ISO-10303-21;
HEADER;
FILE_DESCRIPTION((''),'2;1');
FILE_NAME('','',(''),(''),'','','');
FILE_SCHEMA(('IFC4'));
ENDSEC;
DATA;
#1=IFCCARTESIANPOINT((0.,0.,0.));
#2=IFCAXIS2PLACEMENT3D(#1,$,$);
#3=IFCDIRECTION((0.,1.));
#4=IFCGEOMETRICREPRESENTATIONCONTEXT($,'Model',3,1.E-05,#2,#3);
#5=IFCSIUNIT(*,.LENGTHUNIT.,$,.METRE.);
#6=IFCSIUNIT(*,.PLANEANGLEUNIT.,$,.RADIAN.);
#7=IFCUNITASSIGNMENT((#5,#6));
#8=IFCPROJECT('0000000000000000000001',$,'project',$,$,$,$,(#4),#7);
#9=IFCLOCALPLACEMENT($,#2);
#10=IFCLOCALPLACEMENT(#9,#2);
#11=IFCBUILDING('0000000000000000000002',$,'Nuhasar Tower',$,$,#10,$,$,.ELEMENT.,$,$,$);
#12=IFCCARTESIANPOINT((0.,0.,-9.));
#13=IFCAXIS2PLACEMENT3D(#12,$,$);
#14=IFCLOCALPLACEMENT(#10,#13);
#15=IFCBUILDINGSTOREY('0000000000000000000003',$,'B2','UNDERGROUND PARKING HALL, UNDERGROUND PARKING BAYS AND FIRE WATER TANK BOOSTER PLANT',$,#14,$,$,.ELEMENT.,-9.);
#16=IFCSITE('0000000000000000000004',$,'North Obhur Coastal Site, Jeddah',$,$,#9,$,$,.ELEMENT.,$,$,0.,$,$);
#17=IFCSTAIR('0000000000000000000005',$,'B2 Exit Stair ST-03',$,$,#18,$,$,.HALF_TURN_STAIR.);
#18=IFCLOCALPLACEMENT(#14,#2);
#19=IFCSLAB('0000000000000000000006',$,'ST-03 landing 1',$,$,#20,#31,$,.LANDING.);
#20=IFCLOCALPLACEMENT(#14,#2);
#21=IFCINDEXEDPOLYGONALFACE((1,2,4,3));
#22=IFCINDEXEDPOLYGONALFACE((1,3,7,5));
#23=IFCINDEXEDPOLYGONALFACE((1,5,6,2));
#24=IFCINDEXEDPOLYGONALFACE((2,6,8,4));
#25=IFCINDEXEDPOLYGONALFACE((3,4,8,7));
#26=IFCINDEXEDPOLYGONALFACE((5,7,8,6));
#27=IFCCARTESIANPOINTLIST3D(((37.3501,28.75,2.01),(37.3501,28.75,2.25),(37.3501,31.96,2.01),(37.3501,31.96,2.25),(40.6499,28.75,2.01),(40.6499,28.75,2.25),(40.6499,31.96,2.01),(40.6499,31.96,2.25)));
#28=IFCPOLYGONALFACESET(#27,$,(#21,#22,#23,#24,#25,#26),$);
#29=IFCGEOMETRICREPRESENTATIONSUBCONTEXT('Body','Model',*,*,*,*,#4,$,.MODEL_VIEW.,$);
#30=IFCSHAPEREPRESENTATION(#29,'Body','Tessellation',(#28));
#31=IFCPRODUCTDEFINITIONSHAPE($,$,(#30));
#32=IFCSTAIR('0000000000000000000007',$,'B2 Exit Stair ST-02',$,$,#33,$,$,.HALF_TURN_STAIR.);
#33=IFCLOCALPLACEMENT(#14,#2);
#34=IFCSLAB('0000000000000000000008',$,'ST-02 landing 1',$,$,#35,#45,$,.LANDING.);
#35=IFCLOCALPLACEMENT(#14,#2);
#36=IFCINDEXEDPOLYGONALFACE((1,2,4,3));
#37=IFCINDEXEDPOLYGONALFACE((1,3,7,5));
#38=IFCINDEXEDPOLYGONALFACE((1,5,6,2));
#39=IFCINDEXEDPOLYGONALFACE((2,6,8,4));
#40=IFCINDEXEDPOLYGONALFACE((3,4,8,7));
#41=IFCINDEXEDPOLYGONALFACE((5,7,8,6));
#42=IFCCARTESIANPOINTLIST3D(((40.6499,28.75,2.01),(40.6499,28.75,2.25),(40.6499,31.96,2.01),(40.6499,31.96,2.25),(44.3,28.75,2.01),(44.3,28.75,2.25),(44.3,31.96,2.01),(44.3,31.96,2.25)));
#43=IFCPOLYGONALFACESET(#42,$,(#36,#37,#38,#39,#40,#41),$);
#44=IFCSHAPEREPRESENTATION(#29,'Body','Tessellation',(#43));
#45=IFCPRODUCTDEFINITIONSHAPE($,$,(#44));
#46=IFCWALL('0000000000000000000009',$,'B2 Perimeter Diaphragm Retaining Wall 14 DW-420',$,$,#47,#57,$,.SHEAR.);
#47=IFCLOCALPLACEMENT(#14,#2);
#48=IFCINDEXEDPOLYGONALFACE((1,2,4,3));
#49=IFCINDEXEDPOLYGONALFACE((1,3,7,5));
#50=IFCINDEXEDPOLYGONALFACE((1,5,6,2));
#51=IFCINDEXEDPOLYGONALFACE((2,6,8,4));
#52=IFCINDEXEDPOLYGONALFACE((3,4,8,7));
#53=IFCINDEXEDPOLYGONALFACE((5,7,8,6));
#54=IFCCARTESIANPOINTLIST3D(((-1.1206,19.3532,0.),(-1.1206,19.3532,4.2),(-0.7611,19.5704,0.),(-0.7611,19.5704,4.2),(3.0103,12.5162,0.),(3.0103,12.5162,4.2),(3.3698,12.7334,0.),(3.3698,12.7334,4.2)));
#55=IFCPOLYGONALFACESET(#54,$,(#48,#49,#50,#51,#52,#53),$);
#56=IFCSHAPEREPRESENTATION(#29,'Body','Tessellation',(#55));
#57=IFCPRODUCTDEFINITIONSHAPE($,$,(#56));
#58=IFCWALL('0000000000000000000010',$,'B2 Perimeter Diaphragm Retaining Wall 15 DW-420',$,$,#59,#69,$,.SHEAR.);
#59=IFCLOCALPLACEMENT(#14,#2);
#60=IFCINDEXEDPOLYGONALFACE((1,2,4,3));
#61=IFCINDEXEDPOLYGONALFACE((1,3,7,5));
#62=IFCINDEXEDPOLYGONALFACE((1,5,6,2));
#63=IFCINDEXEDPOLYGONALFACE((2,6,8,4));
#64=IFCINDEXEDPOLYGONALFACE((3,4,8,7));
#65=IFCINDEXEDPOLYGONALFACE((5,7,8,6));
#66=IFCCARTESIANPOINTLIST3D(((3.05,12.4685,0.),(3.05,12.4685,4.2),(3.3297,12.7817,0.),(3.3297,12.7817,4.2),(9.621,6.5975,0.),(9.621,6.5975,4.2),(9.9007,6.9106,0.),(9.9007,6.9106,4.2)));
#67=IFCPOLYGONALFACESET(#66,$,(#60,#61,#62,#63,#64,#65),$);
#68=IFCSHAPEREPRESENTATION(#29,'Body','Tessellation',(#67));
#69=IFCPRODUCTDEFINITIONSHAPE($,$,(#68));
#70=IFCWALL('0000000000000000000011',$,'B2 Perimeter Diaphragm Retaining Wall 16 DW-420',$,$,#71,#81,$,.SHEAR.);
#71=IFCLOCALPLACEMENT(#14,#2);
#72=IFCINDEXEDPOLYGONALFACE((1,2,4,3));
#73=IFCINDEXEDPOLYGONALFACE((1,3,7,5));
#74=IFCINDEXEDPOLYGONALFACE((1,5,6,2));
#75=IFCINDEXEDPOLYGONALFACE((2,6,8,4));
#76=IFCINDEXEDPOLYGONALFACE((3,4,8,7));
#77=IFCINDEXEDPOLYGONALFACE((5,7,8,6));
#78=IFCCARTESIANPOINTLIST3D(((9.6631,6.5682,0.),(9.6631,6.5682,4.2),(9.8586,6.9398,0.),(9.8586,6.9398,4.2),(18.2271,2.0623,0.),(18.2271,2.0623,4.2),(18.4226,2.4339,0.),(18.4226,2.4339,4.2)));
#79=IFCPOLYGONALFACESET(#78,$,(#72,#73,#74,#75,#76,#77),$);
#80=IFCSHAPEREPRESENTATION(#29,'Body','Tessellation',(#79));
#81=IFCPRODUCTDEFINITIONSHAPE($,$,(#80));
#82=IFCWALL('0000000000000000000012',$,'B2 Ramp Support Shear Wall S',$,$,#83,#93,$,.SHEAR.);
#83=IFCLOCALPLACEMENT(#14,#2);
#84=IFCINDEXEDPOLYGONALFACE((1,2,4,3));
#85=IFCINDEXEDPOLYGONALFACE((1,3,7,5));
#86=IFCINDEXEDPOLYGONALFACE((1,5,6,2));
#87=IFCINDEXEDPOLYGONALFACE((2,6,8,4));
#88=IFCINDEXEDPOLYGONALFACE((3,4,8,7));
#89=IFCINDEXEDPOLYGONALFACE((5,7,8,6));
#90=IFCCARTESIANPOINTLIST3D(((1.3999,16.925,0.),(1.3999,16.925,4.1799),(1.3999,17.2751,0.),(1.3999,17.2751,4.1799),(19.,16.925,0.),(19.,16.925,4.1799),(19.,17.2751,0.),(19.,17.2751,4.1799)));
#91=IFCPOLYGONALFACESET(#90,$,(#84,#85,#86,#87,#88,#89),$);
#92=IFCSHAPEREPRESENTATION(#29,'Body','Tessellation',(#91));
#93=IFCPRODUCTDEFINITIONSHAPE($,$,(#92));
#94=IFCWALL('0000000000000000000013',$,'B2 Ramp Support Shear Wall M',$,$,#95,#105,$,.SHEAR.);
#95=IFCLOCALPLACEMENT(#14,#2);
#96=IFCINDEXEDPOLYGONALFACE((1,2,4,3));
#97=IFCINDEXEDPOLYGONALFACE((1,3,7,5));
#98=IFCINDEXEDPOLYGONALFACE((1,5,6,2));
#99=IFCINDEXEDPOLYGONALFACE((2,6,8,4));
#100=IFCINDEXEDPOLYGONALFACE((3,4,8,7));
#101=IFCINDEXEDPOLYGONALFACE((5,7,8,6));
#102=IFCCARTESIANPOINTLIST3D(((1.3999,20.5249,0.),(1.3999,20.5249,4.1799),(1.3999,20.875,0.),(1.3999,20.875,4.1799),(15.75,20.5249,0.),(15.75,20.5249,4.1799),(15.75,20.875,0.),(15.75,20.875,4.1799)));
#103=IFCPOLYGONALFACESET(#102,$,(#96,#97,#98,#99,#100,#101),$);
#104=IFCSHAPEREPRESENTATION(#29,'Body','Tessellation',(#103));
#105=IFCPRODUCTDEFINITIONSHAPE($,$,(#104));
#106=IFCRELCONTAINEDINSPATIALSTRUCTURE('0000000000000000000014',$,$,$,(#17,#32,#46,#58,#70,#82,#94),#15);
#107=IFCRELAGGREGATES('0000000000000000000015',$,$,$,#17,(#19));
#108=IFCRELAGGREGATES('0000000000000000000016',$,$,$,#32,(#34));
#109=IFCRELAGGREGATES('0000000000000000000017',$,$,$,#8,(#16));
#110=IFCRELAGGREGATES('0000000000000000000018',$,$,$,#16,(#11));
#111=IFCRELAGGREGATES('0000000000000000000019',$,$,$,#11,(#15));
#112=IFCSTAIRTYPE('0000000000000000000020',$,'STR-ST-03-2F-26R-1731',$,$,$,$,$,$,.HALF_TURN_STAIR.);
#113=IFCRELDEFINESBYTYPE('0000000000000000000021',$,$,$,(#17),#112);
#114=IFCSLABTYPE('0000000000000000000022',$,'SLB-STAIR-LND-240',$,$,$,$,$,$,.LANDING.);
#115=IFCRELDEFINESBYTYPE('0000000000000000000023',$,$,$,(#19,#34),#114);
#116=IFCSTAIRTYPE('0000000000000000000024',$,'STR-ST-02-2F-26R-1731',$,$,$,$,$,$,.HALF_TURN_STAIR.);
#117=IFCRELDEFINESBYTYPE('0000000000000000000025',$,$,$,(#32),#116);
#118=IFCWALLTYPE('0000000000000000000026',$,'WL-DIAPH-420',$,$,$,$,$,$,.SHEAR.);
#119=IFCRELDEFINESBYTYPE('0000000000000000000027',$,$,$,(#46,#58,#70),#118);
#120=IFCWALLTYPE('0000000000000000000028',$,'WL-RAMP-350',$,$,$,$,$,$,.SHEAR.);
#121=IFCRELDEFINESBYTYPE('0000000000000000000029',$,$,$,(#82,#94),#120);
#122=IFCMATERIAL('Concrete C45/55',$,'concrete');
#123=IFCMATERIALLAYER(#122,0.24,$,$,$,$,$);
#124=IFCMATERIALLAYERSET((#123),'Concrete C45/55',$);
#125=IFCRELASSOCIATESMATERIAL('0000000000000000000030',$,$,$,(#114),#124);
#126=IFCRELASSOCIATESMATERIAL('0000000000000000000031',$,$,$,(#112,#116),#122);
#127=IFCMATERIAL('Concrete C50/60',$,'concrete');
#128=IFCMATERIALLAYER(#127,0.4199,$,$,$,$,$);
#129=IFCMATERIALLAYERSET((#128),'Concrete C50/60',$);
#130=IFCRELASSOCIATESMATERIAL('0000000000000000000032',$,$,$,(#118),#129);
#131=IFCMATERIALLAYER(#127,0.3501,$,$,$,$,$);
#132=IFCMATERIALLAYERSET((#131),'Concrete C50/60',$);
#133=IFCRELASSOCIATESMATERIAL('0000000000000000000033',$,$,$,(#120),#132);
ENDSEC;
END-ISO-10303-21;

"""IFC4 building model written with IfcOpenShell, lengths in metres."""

from ifc_helpers import new_model, si_unit, direction, frame, frame_2d, origin, place, context, subcontext, project, spatial, polyline, rectangle, outline, extrude, material, layer, layer_set, type_object, element, aggregate, save


model = new_model("IFC4")

# Units and contexts
model_context = context("Model", 3, precision=1e-05, world=origin(), true_north=direction((0.0, 1.0)))
body_context = subcontext(model_context, "Body", "Model", "MODEL_VIEW")
ifc_project = project(units=[si_unit("LENGTHUNIT", "METRE"), si_unit("PLANEANGLEUNIT", "RADIAN")], contexts=[model_context])

# Site, building, storey
site_placement = place(None, origin())
site = spatial("IfcSite", under=ifc_project, at=site_placement, Name="North Obhur Coastal Site, Jeddah", CompositionType="ELEMENT", RefElevation=0.0)
building_placement = place(site_placement, origin())
building = spatial("IfcBuilding", under=site, at=building_placement, Name="Nuhasar Tower", CompositionType="ELEMENT")
storey_placement = place(building_placement, frame((0.0, 0.0, -9.0)))
storey = spatial("IfcBuildingStorey", under=building, at=storey_placement, Name="B2", Description="UNDERGROUND PARKING HALL, UNDERGROUND PARKING BAYS AND FIRE WATER TANK BOOSTER PLANT", CompositionType="ELEMENT", Elevation=-9.0)

# Shared definitions
ifc_material_1 = material(Name="Concrete C50/60", Category="concrete")

# Shared definitions
ifc_material_2 = material(Name="Concrete C45/55", Category="concrete")

# Stairs, slabs
ifc_layer_1 = layer(ifc_material_2, 0.24)
ifc_layer_set_1 = layer_set([ifc_layer_1], Name="Concrete C45/55")
slab_type_1 = type_object("IfcSlabType", Name="SLB-STAIR-LND-240", PredefinedType="LANDING", material=ifc_layer_set_1)
stair_type_1 = type_object("IfcStairType", Name="STR-ST-03-2F-26R-1731", PredefinedType="HALF_TURN_STAIR", material=ifc_material_2)
stair_1_placement = place(storey_placement, origin())
stair_1 = element("IfcStair", 1, at=stair_1_placement, inside=storey, type_object=stair_type_1, Name="B2 Exit Stair ST-03", PredefinedType="HALF_TURN_STAIR")
slab_1_placement = place(storey_placement, frame((0.0, 0.0, 2.01)))
slab_1 = element("IfcSlab", 2, at=slab_1_placement, type_object=slab_type_1, Name="ST-03 landing 1", PredefinedType="LANDING", context=body_context, shape_type="SweptSolid", body=[
    extrude(outline(polyline([(37.3501, 28.75), (40.6499, 28.75), (40.6499, 31.96), (37.3501, 31.96), (37.3501, 28.75)])), origin(), (0.0, 0.0, 1.0), 0.24),
])
aggregate(stair_1, [slab_1])
stair_type_2 = type_object("IfcStairType", Name="STR-ST-02-2F-26R-1731", PredefinedType="HALF_TURN_STAIR", material=ifc_material_2)
stair_2_placement = place(storey_placement, origin())
stair_2 = element("IfcStair", 3, at=stair_2_placement, inside=storey, type_object=stair_type_2, Name="B2 Exit Stair ST-02", PredefinedType="HALF_TURN_STAIR")
slab_2_placement = place(storey_placement, frame((0.0, 0.0, 2.01)))
slab_2 = element("IfcSlab", 4, at=slab_2_placement, type_object=slab_type_1, Name="ST-02 landing 1", PredefinedType="LANDING", context=body_context, shape_type="SweptSolid", body=[
    extrude(outline(polyline([(40.6499, 28.75), (44.3, 28.75), (44.3, 31.96), (40.6499, 31.96), (40.6499, 28.75)])), origin(), (0.0, 0.0, 1.0), 0.24),
])
aggregate(stair_2, [slab_2])

# Walls
ifc_layer_2 = layer(ifc_material_1, 0.4199)
ifc_layer_set_2 = layer_set([ifc_layer_2], Name="Concrete C50/60")
wall_type_1 = type_object("IfcWallType", Name="WL-DIAPH-420", PredefinedType="SHEAR", material=ifc_layer_set_2)
wall_1_placement = place(storey_placement, frame((-0.9409, 19.4619, 0.0), z_axis=(0.0, 0.0, 1.0), x_axis=(0.517136, -0.855903, 0.0)))
element("IfcWall", 5, at=wall_1_placement, inside=storey, type_object=wall_type_1, Name="B2 Perimeter Diaphragm Retaining Wall 14 DW-420", PredefinedType="SHEAR", context=body_context, shape_type="SweptSolid", body=[
    extrude(rectangle(XDim=7.988, YDim=0.4199, at=frame_2d((3.9941, 0.0))), origin(), (0.0, 0.0, 1.0), 4.2),
])
wall_2_placement = place(storey_placement, frame((3.1899, 12.625, 0.0), z_axis=(0.0, 0.0, 1.0), x_axis=(0.745707, -0.666274, 0.0)))
element("IfcWall", 6, at=wall_2_placement, inside=storey, type_object=wall_type_1, Name="B2 Perimeter Diaphragm Retaining Wall 15 DW-420", PredefinedType="SHEAR", context=body_context, shape_type="SweptSolid", body=[
    extrude(rectangle(XDim=8.8118, YDim=0.4199, at=frame_2d((4.4058, 0.0))), origin(), (0.0, 0.0, 1.0), 4.2),
])
wall_3_placement = place(storey_placement, frame((9.761, 6.7539, 0.0), z_axis=(0.0, 0.0, 1.0), x_axis=(0.884982, -0.465626, 0.0)))
element("IfcWall", 7, at=wall_3_placement, inside=storey, type_object=wall_type_1, Name="B2 Perimeter Diaphragm Retaining Wall 16 DW-420", PredefinedType="SHEAR", context=body_context, shape_type="SweptSolid", body=[
    extrude(rectangle(XDim=9.677, YDim=0.4199, at=frame_2d((4.8384, 0.0))), origin(), (0.0, 0.0, 1.0), 4.2),
])
ifc_layer_3 = layer(ifc_material_1, 0.3501)
ifc_layer_set_3 = layer_set([ifc_layer_3], Name="Concrete C50/60")
wall_type_2 = type_object("IfcWallType", Name="WL-RAMP-350", PredefinedType="SHEAR", material=ifc_layer_set_3)
wall_4_placement = place(storey_placement, frame((1.3999, 17.1001, 0.0), z_axis=(0.0, 0.0, 1.0), x_axis=(1.0, 0.0, 0.0)))
element("IfcWall", 8, at=wall_4_placement, inside=storey, type_object=wall_type_2, Name="B2 Ramp Support Shear Wall S", PredefinedType="SHEAR", context=body_context, shape_type="SweptSolid", body=[
    extrude(rectangle(XDim=17.6001, YDim=0.3501, at=frame_2d((8.8, 0.0))), origin(), (0.0, 0.0, 1.0), 4.1799),
])
wall_5_placement = place(storey_placement, frame((1.3999, 20.7, 0.0), z_axis=(0.0, 0.0, 1.0), x_axis=(1.0, 0.0, 0.0)))
element("IfcWall", 9, at=wall_5_placement, inside=storey, type_object=wall_type_2, Name="B2 Ramp Support Shear Wall M", PredefinedType="SHEAR", context=body_context, shape_type="SweptSolid", body=[
    extrude(rectangle(XDim=14.3501, YDim=0.3501, at=frame_2d((7.175, 0.0))), origin(), (0.0, 0.0, 1.0), 4.1799),
])

save(model, "model.ifc")
